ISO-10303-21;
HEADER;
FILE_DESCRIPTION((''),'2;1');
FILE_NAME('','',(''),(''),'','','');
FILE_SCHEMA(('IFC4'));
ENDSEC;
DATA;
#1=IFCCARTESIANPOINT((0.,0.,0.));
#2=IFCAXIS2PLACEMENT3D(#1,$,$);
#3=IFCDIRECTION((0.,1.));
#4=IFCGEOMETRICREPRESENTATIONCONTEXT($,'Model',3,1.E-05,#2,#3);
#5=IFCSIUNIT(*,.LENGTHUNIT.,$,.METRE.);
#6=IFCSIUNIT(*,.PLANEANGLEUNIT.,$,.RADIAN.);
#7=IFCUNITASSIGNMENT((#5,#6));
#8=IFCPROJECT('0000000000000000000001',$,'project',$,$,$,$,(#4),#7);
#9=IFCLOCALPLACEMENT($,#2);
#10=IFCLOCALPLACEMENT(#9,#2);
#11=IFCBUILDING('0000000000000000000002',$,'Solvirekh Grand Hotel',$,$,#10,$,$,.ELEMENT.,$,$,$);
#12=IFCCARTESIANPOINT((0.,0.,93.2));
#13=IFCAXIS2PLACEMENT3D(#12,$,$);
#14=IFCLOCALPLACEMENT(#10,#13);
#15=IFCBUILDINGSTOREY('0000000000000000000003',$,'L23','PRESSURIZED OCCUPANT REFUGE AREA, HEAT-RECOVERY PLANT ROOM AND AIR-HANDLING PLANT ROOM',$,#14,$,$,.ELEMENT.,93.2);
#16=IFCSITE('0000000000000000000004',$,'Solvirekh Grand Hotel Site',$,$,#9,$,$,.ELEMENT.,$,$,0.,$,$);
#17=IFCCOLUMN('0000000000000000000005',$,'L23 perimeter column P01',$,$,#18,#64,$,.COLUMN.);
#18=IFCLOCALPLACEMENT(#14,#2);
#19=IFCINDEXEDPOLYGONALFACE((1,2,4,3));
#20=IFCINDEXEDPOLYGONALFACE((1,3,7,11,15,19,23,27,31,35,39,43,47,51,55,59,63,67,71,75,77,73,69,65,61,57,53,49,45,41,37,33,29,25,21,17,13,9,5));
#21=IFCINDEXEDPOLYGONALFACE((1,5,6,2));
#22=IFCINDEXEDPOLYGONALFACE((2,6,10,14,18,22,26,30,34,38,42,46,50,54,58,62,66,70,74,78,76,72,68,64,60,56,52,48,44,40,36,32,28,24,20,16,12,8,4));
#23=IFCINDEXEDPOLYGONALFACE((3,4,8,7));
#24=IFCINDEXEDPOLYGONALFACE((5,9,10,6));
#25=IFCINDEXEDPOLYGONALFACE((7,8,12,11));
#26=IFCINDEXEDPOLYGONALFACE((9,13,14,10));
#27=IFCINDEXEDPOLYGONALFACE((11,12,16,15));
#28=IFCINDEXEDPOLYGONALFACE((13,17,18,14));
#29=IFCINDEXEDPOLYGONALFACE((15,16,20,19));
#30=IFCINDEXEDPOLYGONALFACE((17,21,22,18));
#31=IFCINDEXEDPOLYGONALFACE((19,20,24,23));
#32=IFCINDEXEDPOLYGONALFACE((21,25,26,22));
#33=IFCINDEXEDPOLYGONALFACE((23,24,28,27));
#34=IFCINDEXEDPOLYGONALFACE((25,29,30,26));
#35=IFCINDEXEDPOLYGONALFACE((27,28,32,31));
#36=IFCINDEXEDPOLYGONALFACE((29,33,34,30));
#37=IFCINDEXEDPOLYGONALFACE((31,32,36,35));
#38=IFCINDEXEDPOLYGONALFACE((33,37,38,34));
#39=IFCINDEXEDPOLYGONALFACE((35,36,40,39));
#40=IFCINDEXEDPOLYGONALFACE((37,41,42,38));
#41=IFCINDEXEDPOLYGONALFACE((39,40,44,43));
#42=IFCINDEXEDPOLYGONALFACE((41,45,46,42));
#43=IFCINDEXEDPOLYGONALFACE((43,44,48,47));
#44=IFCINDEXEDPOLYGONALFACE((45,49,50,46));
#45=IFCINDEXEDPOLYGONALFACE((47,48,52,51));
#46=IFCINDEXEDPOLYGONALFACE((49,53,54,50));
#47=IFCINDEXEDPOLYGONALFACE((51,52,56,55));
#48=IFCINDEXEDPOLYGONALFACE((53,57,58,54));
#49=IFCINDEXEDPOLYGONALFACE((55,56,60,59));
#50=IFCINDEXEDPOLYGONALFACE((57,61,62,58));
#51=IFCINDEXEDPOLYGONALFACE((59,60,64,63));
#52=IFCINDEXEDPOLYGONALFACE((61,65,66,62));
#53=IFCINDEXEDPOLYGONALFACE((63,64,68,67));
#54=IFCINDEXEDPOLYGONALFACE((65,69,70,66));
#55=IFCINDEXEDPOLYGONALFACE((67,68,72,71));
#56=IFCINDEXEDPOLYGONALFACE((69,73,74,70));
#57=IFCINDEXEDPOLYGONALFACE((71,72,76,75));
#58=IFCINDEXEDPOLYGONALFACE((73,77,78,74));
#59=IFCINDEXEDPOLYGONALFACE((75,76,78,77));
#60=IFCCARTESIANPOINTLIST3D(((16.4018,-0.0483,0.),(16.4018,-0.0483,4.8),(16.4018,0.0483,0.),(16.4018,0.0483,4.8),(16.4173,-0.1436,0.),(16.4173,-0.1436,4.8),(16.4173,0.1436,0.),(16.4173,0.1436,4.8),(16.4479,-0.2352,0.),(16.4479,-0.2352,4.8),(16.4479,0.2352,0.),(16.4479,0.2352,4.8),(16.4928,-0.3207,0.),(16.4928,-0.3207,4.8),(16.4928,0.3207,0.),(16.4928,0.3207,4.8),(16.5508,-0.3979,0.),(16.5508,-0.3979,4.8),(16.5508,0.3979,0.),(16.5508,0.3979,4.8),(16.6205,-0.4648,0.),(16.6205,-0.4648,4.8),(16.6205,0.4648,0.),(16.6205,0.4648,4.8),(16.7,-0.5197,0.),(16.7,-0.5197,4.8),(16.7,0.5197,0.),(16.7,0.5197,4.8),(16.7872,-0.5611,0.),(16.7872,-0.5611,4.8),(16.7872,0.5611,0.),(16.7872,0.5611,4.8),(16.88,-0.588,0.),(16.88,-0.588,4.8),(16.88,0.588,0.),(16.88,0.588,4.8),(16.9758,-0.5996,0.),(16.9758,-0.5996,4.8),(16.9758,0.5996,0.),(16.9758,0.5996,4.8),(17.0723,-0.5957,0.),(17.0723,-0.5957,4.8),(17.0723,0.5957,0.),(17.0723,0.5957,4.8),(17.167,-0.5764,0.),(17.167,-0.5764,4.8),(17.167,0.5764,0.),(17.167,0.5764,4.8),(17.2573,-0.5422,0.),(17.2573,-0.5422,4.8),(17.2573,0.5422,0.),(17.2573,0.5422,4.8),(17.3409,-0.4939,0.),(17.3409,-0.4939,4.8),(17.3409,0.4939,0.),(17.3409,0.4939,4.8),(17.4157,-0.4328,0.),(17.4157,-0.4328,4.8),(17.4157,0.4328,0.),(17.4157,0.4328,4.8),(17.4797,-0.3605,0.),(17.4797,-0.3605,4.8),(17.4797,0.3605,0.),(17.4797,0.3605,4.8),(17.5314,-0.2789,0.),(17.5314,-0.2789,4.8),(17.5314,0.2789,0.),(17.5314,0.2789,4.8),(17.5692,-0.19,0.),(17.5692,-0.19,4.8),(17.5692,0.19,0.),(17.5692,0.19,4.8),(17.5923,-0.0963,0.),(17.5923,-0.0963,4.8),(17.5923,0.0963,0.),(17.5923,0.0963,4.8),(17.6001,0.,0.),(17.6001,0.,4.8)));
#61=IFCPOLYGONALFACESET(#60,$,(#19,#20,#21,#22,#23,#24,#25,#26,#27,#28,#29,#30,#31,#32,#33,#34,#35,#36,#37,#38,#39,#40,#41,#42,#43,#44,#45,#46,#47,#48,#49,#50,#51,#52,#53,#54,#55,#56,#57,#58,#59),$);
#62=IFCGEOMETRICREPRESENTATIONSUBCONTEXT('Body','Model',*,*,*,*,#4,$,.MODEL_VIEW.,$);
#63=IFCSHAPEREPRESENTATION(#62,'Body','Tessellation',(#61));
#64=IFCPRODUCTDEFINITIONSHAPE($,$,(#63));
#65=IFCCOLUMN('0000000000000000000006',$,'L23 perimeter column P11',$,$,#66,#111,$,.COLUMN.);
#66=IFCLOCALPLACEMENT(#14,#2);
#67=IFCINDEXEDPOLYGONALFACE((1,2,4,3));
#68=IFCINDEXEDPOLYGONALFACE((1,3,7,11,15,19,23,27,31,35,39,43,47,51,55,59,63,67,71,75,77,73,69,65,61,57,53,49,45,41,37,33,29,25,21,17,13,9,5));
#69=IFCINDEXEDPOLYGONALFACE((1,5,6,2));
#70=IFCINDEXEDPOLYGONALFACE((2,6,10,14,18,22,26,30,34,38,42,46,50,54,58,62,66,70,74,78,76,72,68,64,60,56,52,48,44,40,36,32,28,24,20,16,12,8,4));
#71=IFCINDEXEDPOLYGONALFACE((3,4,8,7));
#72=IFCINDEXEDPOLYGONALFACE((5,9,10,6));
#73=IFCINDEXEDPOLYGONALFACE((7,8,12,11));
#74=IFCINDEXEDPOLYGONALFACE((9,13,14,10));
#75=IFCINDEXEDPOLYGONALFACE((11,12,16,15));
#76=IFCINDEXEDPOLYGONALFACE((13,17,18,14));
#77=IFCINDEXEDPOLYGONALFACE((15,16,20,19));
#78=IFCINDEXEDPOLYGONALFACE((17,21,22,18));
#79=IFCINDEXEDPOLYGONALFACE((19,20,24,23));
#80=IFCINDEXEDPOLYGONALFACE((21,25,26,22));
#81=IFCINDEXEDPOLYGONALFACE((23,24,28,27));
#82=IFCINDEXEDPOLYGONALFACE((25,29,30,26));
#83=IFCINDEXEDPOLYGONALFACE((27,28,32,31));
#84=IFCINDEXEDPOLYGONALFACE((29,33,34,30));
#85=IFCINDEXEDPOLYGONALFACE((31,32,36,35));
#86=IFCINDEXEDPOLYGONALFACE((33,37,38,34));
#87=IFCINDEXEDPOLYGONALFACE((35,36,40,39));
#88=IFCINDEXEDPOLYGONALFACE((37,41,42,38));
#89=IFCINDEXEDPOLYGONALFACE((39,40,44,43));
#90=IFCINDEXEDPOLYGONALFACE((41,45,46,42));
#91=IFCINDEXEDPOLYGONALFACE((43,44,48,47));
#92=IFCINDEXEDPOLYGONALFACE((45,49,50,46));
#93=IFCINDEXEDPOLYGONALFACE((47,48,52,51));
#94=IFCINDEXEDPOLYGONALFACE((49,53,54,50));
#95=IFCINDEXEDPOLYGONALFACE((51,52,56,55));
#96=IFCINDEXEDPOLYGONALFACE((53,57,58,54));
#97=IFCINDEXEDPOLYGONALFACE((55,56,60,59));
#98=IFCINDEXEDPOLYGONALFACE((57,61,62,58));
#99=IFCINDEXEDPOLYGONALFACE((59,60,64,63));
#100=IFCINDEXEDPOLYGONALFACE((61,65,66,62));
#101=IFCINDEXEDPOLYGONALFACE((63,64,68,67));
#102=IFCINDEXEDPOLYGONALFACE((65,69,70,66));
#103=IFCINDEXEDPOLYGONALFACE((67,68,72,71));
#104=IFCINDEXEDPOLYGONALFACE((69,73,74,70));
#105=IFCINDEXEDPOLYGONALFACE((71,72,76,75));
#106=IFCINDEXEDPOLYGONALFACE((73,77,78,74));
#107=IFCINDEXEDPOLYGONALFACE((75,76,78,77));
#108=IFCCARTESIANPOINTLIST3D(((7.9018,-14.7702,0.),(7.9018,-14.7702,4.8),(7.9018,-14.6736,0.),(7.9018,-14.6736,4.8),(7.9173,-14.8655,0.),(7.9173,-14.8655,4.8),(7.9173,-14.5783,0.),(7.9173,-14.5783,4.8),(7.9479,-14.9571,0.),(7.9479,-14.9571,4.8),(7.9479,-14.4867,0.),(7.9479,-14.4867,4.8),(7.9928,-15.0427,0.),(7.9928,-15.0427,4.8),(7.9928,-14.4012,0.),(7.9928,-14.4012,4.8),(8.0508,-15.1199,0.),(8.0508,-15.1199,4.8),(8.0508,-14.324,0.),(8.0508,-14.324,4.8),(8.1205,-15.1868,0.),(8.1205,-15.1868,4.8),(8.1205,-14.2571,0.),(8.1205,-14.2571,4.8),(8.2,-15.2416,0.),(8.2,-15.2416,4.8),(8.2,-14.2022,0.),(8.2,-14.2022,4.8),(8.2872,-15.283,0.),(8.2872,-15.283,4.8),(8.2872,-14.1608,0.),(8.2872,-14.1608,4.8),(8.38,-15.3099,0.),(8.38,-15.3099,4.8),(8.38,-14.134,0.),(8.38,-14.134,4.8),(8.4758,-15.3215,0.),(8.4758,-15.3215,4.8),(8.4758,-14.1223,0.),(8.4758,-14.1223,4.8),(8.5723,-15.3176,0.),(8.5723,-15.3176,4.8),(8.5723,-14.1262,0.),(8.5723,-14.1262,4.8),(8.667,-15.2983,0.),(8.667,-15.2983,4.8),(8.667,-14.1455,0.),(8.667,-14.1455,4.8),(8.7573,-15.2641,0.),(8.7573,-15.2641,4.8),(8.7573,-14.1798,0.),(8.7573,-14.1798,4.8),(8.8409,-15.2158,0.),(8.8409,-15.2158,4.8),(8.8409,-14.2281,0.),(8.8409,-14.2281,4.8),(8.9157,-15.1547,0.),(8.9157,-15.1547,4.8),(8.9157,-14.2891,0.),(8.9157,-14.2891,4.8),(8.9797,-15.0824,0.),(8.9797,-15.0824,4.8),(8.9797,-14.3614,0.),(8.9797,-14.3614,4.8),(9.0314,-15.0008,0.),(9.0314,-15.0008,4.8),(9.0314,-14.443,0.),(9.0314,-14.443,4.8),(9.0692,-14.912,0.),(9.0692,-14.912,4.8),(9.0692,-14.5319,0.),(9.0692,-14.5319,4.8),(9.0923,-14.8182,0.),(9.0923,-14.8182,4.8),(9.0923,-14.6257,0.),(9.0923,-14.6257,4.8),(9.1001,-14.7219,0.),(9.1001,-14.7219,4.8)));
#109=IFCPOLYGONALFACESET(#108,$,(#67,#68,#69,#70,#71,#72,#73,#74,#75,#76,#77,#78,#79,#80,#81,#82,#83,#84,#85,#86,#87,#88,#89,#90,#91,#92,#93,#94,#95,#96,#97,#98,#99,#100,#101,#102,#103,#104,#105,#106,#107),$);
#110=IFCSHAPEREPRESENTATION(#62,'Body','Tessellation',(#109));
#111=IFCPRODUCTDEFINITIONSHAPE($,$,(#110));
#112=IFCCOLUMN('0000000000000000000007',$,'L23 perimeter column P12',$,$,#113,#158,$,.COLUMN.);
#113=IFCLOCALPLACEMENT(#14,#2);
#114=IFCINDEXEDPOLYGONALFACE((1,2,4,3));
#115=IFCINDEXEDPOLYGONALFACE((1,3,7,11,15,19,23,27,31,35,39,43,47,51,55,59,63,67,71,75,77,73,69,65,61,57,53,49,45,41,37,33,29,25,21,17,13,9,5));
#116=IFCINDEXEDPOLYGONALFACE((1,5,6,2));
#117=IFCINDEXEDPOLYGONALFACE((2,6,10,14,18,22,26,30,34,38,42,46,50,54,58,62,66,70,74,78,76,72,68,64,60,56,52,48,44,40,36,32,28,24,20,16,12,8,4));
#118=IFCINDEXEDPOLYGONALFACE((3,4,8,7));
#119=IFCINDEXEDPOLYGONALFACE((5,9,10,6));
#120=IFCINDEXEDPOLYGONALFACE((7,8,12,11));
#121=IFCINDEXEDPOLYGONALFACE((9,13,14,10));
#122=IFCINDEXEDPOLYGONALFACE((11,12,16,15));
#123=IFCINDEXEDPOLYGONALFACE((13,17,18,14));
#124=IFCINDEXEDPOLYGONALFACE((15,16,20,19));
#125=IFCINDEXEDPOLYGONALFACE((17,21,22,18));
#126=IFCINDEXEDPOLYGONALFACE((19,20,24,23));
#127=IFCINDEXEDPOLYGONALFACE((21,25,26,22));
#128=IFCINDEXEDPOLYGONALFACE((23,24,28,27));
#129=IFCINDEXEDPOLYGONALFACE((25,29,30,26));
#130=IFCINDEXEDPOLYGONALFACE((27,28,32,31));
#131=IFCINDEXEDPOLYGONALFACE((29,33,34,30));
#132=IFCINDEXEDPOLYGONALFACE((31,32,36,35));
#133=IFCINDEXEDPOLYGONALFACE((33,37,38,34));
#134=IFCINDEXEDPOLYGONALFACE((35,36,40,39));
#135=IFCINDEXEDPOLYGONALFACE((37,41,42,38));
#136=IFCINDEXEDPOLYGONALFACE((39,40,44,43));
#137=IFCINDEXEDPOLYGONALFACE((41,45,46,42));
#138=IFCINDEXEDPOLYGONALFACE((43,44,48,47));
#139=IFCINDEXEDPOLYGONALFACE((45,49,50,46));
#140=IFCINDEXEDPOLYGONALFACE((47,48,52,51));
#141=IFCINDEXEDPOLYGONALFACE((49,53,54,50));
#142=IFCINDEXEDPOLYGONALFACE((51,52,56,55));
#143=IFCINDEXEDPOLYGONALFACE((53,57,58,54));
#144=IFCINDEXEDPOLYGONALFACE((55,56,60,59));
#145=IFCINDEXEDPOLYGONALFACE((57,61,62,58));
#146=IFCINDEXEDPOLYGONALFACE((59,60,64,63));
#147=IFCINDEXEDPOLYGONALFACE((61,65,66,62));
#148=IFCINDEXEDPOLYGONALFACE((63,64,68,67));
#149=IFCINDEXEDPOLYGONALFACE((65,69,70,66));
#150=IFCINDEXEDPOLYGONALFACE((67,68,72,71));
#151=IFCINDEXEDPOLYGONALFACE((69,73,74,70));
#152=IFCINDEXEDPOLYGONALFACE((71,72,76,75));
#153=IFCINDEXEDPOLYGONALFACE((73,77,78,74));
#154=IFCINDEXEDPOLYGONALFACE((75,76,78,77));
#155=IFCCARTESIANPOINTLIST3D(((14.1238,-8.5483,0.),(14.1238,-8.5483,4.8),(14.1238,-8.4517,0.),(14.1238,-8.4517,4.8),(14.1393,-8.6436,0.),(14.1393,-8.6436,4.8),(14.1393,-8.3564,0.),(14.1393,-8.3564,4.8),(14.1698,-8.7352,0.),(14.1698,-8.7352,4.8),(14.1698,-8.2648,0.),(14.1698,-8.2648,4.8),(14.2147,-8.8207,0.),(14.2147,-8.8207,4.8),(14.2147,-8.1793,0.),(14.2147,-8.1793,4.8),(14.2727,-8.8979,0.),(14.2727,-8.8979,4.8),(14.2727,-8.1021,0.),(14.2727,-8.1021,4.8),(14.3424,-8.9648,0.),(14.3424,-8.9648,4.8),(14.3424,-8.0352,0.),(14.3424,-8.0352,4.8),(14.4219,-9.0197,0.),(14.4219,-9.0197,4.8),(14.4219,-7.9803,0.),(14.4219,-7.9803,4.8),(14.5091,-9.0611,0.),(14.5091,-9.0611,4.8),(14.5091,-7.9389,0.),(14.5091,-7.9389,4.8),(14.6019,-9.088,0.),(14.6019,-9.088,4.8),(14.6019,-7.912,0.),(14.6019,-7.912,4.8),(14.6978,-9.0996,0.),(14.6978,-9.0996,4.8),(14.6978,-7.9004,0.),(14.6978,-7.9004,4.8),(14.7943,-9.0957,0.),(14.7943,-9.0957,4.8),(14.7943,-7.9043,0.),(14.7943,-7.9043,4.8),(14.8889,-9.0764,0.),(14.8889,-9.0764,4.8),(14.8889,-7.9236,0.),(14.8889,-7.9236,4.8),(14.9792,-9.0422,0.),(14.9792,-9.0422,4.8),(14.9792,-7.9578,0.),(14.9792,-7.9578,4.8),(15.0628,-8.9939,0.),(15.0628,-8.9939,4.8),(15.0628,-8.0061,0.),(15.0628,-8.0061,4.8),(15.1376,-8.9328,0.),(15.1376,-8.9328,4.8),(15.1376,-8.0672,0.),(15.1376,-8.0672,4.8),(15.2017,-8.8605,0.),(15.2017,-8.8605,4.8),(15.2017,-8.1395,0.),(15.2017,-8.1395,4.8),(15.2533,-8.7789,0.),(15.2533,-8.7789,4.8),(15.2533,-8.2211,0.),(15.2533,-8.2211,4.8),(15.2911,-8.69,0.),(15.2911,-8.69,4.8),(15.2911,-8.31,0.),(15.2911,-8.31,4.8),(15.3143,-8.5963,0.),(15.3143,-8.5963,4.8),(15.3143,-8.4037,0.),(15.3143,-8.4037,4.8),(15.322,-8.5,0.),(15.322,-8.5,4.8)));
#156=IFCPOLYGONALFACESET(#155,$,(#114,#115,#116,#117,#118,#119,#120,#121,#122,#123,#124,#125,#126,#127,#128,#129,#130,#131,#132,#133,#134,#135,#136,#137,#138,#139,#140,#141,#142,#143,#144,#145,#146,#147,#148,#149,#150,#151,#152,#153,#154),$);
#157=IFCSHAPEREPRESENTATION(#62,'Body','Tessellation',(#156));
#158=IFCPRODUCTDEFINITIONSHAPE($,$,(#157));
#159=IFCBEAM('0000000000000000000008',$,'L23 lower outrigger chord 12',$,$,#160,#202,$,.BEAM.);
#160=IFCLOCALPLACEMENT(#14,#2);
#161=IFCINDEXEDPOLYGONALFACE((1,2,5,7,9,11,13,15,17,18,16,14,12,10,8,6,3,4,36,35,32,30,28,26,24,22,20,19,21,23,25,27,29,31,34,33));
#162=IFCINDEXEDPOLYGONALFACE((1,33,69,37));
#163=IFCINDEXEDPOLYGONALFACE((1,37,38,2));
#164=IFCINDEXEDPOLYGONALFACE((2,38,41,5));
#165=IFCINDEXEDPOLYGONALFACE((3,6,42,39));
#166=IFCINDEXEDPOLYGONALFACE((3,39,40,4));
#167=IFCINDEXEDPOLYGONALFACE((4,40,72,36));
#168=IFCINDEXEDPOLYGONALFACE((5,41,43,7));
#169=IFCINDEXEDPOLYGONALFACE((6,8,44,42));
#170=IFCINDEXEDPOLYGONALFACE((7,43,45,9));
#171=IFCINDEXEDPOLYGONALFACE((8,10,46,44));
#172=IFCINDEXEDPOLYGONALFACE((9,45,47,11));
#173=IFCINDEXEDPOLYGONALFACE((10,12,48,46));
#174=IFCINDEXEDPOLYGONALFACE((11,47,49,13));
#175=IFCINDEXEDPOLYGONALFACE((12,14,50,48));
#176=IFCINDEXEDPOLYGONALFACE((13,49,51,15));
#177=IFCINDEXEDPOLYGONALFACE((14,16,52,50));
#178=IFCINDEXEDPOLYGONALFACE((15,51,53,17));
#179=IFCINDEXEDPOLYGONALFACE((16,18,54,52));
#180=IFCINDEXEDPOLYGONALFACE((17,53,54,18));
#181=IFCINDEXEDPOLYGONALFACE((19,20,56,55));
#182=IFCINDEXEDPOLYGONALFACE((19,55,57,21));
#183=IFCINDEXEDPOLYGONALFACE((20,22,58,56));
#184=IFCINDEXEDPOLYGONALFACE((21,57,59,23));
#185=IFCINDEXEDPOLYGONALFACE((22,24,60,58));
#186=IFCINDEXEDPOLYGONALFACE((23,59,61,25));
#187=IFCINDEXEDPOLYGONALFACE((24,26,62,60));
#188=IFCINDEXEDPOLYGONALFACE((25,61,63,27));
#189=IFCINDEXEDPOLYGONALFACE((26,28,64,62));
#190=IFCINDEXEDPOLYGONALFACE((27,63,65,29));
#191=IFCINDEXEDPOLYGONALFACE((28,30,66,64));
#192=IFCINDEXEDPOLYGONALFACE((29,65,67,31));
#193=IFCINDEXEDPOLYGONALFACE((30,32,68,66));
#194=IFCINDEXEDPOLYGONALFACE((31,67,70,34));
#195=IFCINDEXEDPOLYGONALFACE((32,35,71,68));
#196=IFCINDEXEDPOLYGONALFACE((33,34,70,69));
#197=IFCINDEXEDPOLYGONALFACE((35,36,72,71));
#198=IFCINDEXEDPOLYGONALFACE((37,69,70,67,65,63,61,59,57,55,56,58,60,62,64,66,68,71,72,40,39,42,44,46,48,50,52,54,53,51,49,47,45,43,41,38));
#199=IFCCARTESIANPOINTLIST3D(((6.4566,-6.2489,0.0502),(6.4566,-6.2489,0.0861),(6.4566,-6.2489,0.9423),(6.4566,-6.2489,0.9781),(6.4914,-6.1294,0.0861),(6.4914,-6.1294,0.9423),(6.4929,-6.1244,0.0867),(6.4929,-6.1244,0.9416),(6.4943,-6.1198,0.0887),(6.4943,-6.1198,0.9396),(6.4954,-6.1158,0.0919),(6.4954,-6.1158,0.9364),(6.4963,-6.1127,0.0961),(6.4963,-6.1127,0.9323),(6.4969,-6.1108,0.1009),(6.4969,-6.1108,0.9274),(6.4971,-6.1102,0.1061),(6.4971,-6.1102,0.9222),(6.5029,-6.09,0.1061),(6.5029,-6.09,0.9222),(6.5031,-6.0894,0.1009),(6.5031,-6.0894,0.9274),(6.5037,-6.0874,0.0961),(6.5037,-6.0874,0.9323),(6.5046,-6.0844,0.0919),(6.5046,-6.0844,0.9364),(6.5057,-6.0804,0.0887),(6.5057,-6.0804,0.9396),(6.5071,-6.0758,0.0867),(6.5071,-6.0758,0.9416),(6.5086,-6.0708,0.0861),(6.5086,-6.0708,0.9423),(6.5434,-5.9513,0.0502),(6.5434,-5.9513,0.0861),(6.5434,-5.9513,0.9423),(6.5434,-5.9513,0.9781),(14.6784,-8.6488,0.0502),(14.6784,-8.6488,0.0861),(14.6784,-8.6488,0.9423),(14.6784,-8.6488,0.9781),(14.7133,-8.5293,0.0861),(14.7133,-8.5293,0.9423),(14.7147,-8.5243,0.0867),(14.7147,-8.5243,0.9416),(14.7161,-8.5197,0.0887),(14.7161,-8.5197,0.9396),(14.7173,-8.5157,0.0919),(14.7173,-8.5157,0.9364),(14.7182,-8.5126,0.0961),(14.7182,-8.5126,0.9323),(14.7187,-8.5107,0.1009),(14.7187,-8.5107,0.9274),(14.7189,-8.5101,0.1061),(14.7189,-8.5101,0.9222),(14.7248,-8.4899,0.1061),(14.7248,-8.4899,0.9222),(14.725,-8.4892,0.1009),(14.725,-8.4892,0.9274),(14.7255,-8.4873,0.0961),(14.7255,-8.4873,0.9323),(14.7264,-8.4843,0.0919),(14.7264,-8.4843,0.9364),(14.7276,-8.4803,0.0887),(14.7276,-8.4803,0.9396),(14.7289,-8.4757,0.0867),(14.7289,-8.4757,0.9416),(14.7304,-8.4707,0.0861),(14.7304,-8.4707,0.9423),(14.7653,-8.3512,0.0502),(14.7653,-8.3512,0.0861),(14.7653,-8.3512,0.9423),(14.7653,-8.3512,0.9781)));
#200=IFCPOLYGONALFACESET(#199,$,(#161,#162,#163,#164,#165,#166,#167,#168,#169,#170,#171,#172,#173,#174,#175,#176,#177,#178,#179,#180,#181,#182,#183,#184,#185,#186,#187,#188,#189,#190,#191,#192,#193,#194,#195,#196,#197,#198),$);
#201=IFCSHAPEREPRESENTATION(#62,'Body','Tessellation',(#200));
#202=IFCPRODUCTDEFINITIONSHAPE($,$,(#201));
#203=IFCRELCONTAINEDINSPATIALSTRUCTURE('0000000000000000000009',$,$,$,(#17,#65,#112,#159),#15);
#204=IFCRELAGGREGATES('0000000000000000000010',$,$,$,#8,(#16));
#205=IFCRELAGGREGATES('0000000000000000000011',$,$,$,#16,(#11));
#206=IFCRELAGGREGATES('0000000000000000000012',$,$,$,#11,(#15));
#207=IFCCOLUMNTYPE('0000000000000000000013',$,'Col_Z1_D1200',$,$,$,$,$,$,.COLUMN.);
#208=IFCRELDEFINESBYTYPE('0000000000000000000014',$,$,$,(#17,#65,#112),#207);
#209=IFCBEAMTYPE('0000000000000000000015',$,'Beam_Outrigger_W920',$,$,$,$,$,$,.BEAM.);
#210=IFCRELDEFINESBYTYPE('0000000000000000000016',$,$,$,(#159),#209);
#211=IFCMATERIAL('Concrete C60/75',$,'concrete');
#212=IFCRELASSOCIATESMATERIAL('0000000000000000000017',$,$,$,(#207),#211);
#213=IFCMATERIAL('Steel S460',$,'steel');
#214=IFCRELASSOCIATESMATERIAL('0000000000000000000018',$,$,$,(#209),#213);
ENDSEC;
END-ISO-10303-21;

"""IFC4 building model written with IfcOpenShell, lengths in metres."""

from ifc_helpers import new_model, si_unit, direction, frame, origin, origin_2d, place, context, subcontext, project, spatial, circle, i_section, extrude, material, material_profile, profile_set, type_object, element, save


model = new_model("IFC4")

# Units and contexts
model_context = context("Model", 3, precision=1e-05, world=origin(), true_north=direction((0.0, 1.0)))
body_context = subcontext(model_context, "Body", "Model", "MODEL_VIEW")
ifc_project = project(units=[si_unit("LENGTHUNIT", "METRE"), si_unit("PLANEANGLEUNIT", "RADIAN")], contexts=[model_context])

# Site, building, storey
site_placement = place(None, origin())
site = spatial("IfcSite", under=ifc_project, at=site_placement, Name="Solvirekh Grand Hotel Site", CompositionType="ELEMENT", RefElevation=0.0)
building_placement = place(site_placement, origin())
building = spatial("IfcBuilding", under=site, at=building_placement, Name="Solvirekh Grand Hotel", CompositionType="ELEMENT")
storey_placement = place(building_placement, frame((0.0, 0.0, 93.2)))
storey = spatial("IfcBuildingStorey", under=building, at=storey_placement, Name="L23", Description="PRESSURIZED OCCUPANT REFUGE AREA, HEAT-RECOVERY PLANT ROOM AND AIR-HANDLING PLANT ROOM", CompositionType="ELEMENT", Elevation=93.2)

# Columns
ifc_material_1 = material(Name="Concrete C60/75", Category="concrete")
ifc_material_profile_1 = material_profile(ifc_material_1, circle(Radius=0.6001, at=origin_2d()), Name="RC CIRC D1200")
ifc_profile_set_1 = profile_set([ifc_material_profile_1], Name="Concrete C60/75")
column_type = type_object("IfcColumnType", Name="Col_Z1_D1200", PredefinedType="COLUMN", material=ifc_profile_set_1)
for number, where, z_axis, x_axis, name in (
    (1, (17.0, 0.0, 0.0), (0.0, 0.0, 1.0), (1.0, 0.0, 0.0), "L23 perimeter column P01"),
    (2, (8.5, -14.7219, 0.0), (0.0, 0.0, 1.0), (1.0, 0.0, 0.0), "L23 perimeter column P11"),
    (3, (14.7219, -8.5, 0.0), (0.0, 0.0, 1.0), (1.0, 0.0, 0.0), "L23 perimeter column P12"),
):
    element("IfcColumn", number, at=place(storey_placement, frame(where, z_axis=z_axis, x_axis=x_axis)), inside=storey, type_object=column_type, Name=name, PredefinedType="COLUMN", context=body_context, shape_type="SweptSolid", body=[
        extrude(circle(Radius=0.6001, at=origin_2d()), origin(), (0.0, 0.0, 1.0), 4.8),
    ])

# Beam
ifc_material_2 = material(Name="Steel S460", Category="steel")
ifc_material_profile_2 = material_profile(ifc_material_2, i_section(OverallWidth=0.3101, OverallDepth=0.928, WebThickness=0.021, FlangeThickness=0.0359, FilletRadius=0.02, at=origin_2d()), Name="W920X342")
ifc_profile_set_2 = profile_set([ifc_material_profile_2], Name="Steel S460")
beam_type_1 = type_object("IfcBeamType", Name="Beam_Outrigger_W920", PredefinedType="BEAM", material=ifc_profile_set_2)
beam_1_placement = place(storey_placement, frame((6.5, -6.1001, 0.5142), z_axis=(0.959942, -0.280198, 0.0), x_axis=(0.280198, 0.959942, 0.0)))
element("IfcBeam", 4, at=beam_1_placement, inside=storey, type_object=beam_type_1, Name="L23 lower outrigger chord 12", PredefinedType="BEAM", context=body_context, shape_type="SweptSolid", body=[
    extrude(i_section(OverallWidth=0.3101, OverallDepth=0.928, WebThickness=0.021, FlangeThickness=0.0359, FilletRadius=0.02, at=origin_2d()), origin(), (0.0, 0.0, 1.0), 8.5649),
])

save(model, "model.ifc")
